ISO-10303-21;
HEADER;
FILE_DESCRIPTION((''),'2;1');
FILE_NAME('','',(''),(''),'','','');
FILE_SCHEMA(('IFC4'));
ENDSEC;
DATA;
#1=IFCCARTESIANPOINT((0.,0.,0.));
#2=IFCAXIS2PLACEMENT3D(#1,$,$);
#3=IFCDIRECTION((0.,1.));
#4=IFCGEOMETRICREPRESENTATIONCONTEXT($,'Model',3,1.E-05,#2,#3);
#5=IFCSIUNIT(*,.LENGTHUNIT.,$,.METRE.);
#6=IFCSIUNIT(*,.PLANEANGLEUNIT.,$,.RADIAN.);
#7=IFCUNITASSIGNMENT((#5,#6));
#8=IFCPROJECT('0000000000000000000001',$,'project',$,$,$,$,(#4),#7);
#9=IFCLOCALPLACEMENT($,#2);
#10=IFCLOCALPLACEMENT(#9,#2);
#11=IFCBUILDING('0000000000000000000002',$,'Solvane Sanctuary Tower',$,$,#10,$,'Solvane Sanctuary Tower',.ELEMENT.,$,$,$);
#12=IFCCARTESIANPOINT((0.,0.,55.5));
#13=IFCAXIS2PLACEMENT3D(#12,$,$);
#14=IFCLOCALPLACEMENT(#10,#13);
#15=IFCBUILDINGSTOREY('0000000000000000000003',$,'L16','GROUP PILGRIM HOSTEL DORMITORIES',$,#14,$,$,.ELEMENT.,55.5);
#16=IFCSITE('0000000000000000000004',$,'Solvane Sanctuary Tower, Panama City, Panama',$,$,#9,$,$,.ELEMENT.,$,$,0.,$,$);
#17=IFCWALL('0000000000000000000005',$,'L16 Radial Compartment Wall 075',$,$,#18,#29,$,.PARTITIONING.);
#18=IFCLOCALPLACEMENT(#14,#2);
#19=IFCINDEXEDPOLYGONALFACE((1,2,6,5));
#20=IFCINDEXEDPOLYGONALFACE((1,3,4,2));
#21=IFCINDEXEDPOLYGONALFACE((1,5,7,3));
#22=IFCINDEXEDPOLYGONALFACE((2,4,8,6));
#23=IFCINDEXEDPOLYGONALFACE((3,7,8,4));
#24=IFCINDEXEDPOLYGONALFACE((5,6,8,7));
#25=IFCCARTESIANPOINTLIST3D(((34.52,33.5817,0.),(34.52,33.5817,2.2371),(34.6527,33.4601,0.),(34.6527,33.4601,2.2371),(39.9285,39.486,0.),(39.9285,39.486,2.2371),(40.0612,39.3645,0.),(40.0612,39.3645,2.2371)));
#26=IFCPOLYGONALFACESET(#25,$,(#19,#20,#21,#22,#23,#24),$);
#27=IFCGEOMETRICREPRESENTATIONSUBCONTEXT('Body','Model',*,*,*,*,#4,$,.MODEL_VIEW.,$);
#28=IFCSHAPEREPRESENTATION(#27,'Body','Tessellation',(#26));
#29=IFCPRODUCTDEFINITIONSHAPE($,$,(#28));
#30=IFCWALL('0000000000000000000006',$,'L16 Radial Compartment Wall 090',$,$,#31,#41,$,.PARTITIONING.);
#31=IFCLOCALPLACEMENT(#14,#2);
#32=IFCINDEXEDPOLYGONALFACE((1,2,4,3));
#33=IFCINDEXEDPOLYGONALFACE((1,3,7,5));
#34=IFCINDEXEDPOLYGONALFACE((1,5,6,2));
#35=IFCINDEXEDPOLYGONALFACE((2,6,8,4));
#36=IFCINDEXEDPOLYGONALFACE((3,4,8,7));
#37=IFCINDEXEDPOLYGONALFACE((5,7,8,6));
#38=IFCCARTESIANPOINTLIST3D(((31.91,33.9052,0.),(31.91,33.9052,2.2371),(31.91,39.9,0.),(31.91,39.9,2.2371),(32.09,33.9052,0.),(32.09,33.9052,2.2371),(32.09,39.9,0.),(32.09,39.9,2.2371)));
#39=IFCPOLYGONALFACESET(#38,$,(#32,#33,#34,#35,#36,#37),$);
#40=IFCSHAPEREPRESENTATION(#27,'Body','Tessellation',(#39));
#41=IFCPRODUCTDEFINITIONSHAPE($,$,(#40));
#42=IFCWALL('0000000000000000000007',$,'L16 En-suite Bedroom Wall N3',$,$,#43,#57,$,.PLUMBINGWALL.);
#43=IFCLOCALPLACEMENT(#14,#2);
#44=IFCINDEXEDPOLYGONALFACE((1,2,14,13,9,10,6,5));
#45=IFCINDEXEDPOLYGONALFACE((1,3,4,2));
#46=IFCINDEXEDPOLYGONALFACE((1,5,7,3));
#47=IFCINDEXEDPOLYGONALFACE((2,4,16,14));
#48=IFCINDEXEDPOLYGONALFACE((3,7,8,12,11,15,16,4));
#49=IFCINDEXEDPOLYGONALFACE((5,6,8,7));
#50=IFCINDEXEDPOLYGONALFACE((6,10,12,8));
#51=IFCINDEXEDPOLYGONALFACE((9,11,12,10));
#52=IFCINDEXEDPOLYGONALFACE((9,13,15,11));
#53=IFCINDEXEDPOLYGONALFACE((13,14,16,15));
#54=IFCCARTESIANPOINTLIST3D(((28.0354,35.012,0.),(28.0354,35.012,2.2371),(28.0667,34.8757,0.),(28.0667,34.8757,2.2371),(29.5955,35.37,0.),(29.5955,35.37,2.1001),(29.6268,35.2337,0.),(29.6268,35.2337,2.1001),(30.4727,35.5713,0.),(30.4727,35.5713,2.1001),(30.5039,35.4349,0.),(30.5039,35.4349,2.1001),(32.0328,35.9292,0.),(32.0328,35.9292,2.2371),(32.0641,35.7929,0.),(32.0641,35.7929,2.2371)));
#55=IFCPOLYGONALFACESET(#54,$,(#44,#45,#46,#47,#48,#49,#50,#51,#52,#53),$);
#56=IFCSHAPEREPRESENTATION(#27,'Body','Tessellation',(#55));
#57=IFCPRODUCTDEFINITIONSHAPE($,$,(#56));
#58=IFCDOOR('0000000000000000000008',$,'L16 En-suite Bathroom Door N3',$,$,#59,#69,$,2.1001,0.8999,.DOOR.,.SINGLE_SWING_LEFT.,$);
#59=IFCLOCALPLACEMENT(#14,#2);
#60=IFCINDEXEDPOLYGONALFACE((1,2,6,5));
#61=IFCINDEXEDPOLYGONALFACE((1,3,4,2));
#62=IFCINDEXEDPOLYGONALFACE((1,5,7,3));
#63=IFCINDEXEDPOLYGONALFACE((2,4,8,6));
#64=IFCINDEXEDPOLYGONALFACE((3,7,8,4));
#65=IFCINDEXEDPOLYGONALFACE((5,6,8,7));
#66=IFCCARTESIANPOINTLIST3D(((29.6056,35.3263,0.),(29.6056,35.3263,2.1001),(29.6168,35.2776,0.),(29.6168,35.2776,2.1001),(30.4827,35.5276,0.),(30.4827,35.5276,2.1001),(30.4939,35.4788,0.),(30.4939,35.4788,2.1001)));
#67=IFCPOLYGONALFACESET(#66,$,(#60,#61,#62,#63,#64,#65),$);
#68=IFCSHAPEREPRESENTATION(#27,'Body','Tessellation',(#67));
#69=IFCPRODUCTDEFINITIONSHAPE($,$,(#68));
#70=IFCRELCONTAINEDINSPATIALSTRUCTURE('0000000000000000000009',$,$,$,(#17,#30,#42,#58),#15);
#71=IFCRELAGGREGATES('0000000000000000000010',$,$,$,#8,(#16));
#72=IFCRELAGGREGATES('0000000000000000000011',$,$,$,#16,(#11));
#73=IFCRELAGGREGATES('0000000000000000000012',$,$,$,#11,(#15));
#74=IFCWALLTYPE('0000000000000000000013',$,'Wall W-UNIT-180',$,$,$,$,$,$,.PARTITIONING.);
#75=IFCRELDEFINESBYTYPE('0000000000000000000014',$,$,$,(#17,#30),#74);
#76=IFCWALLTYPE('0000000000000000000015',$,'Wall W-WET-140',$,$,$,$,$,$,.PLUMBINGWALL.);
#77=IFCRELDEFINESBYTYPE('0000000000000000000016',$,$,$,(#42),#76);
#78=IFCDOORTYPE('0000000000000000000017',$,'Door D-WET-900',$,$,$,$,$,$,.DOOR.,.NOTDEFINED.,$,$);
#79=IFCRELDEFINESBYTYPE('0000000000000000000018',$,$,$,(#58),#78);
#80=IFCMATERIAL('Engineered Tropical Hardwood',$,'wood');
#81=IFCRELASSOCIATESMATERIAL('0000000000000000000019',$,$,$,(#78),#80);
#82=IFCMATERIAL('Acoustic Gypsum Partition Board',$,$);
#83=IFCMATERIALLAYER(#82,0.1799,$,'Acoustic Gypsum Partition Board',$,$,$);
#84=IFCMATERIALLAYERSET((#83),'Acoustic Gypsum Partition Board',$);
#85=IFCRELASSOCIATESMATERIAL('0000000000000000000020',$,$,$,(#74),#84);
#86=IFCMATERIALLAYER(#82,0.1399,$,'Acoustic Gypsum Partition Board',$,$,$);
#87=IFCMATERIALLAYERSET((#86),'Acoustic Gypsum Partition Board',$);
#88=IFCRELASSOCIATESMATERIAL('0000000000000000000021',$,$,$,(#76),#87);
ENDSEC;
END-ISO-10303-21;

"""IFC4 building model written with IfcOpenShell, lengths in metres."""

from ifc_helpers import new_model, si_unit, direction, frame, frame_2d, origin, place, context, subcontext, project, spatial, rectangle, extrude, material, layer, layer_set, type_object, element, fill, save


model = new_model("IFC4")

# Units and contexts
model_context = context("Model", 3, precision=1e-05, world=origin(), true_north=direction((0.0, 1.0)))
body_context = subcontext(model_context, "Body", "Model", "MODEL_VIEW")
ifc_project = project(units=[si_unit("LENGTHUNIT", "METRE"), si_unit("PLANEANGLEUNIT", "RADIAN")], contexts=[model_context])

# Site, building, storey
site_placement = place(None, origin())
site = spatial("IfcSite", under=ifc_project, at=site_placement, Name="Solvane Sanctuary Tower, Panama City, Panama", CompositionType="ELEMENT", RefElevation=0.0)
building_placement = place(site_placement, origin())
building = spatial("IfcBuilding", under=site, at=building_placement, Name="Solvane Sanctuary Tower", LongName="Solvane Sanctuary Tower", CompositionType="ELEMENT")
storey_placement = place(building_placement, frame((0.0, 0.0, 55.5)))
storey = spatial("IfcBuildingStorey", under=building, at=storey_placement, Name="L16", Description="GROUP PILGRIM HOSTEL DORMITORIES", CompositionType="ELEMENT", Elevation=55.5)

# Shared definitions
ifc_material_1 = material(Name="Acoustic Gypsum Partition Board")

# Shared definitions
ifc_material_2 = material(Name="Engineered Tropical Hardwood", Category="wood")
door_type_1 = type_object("IfcDoorType", Name="Door D-WET-900", OperationType="NOTDEFINED", PredefinedType="DOOR", material=ifc_material_2)

# Walls
ifc_layer_1 = layer(ifc_material_1, 0.1799, Name="Acoustic Gypsum Partition Board")
ifc_layer_set_1 = layer_set([ifc_layer_1], Name="Acoustic Gypsum Partition Board")
wall_type_1 = type_object("IfcWallType", Name="Wall W-UNIT-180", PredefinedType="PARTITIONING", material=ifc_layer_set_1)
wall_1_placement = place(storey_placement, frame((34.5864, 33.521, 0.0), z_axis=(0.0, 0.0, 1.0), x_axis=(0.675465, 0.737392, 0.0)))
element("IfcWall", 1, at=wall_1_placement, inside=storey, type_object=wall_type_1, Name="L16 Radial Compartment Wall 075", PredefinedType="PARTITIONING", context=body_context, shape_type="SweptSolid", body=[
    extrude(rectangle(XDim=8.0071, YDim=0.1799, at=frame_2d((4.0034, 0.0))), origin(), (0.0, 0.0, 1.0), 2.2371),
])
wall_2_placement = place(storey_placement, frame((32.0, 33.905, 0.0), z_axis=(0.0, 0.0, 1.0), x_axis=(0.0, 1.0, 0.0)))
element("IfcWall", 2, at=wall_2_placement, inside=storey, type_object=wall_type_1, Name="L16 Radial Compartment Wall 090", PredefinedType="PARTITIONING", context=body_context, shape_type="SweptSolid", body=[
    extrude(rectangle(XDim=5.9949, YDim=0.1799, at=frame_2d((2.9976, 0.0))), origin(), (0.0, 0.0, 1.0), 2.2371),
])

# Wall, opening, door
ifc_layer_2 = layer(ifc_material_1, 0.1399, Name="Acoustic Gypsum Partition Board")
ifc_layer_set_2 = layer_set([ifc_layer_2], Name="Acoustic Gypsum Partition Board")
wall_type_2 = type_object("IfcWallType", Name="Wall W-WET-140", PredefinedType="PLUMBINGWALL", material=ifc_layer_set_2)
wall_3_placement = place(storey_placement, frame((32.0486, 35.8611, 0.0), z_axis=(0.0, 0.0, 1.0), x_axis=(-0.974672, -0.223638, 0.0)))
wall_3 = element("IfcWall", 3, at=wall_3_placement, inside=storey, type_object=wall_type_2, Name="L16 En-suite Bedroom Wall N3", PredefinedType="PLUMBINGWALL", context=body_context, shape_type="SweptSolid", body=[
    extrude(rectangle(XDim=4.1013, YDim=0.1399, at=frame_2d((2.0508, 0.0))), origin(), (0.0, 0.0, 1.0), 2.2371),
])
opening_1_placement = place(wall_3_placement, frame((1.6008, 0.0, 0.0)))
opening_1 = element("IfcOpeningElement", 4, at=opening_1_placement, cuts=wall_3, PredefinedType="OPENING", context=body_context, shape_type="SweptSolid", body=[
    extrude(rectangle(XDim=0.8999, YDim=2.1001, at=frame_2d((0.45, 1.05))), frame((0.0, 0.0798, 0.0), z_axis=(0.0, -1.0, 0.0), x_axis=(1.0, 0.0, 0.0)), (0.0, 0.0, 1.0), 0.1599),
])
door_1_placement = place(opening_1_placement, origin())
door_1 = element("IfcDoor", 5, at=door_1_placement, inside=storey, type_object=door_type_1, Name="L16 En-suite Bathroom Door N3", OperationType="SINGLE_SWING_LEFT", OverallHeight=2.1001, OverallWidth=0.8999, PredefinedType="DOOR", context=body_context, shape_type="SweptSolid", body=[
    extrude(rectangle(XDim=0.8999, YDim=2.1001, at=frame_2d((0.45, 1.05))), frame((0.0, 0.0249, 0.0), z_axis=(0.0, -1.0, 0.0), x_axis=(1.0, 0.0, 0.0)), (0.0, 0.0, 1.0), 0.05),
])
fill(opening_1, door_1)

save(model, "model.ifc")
